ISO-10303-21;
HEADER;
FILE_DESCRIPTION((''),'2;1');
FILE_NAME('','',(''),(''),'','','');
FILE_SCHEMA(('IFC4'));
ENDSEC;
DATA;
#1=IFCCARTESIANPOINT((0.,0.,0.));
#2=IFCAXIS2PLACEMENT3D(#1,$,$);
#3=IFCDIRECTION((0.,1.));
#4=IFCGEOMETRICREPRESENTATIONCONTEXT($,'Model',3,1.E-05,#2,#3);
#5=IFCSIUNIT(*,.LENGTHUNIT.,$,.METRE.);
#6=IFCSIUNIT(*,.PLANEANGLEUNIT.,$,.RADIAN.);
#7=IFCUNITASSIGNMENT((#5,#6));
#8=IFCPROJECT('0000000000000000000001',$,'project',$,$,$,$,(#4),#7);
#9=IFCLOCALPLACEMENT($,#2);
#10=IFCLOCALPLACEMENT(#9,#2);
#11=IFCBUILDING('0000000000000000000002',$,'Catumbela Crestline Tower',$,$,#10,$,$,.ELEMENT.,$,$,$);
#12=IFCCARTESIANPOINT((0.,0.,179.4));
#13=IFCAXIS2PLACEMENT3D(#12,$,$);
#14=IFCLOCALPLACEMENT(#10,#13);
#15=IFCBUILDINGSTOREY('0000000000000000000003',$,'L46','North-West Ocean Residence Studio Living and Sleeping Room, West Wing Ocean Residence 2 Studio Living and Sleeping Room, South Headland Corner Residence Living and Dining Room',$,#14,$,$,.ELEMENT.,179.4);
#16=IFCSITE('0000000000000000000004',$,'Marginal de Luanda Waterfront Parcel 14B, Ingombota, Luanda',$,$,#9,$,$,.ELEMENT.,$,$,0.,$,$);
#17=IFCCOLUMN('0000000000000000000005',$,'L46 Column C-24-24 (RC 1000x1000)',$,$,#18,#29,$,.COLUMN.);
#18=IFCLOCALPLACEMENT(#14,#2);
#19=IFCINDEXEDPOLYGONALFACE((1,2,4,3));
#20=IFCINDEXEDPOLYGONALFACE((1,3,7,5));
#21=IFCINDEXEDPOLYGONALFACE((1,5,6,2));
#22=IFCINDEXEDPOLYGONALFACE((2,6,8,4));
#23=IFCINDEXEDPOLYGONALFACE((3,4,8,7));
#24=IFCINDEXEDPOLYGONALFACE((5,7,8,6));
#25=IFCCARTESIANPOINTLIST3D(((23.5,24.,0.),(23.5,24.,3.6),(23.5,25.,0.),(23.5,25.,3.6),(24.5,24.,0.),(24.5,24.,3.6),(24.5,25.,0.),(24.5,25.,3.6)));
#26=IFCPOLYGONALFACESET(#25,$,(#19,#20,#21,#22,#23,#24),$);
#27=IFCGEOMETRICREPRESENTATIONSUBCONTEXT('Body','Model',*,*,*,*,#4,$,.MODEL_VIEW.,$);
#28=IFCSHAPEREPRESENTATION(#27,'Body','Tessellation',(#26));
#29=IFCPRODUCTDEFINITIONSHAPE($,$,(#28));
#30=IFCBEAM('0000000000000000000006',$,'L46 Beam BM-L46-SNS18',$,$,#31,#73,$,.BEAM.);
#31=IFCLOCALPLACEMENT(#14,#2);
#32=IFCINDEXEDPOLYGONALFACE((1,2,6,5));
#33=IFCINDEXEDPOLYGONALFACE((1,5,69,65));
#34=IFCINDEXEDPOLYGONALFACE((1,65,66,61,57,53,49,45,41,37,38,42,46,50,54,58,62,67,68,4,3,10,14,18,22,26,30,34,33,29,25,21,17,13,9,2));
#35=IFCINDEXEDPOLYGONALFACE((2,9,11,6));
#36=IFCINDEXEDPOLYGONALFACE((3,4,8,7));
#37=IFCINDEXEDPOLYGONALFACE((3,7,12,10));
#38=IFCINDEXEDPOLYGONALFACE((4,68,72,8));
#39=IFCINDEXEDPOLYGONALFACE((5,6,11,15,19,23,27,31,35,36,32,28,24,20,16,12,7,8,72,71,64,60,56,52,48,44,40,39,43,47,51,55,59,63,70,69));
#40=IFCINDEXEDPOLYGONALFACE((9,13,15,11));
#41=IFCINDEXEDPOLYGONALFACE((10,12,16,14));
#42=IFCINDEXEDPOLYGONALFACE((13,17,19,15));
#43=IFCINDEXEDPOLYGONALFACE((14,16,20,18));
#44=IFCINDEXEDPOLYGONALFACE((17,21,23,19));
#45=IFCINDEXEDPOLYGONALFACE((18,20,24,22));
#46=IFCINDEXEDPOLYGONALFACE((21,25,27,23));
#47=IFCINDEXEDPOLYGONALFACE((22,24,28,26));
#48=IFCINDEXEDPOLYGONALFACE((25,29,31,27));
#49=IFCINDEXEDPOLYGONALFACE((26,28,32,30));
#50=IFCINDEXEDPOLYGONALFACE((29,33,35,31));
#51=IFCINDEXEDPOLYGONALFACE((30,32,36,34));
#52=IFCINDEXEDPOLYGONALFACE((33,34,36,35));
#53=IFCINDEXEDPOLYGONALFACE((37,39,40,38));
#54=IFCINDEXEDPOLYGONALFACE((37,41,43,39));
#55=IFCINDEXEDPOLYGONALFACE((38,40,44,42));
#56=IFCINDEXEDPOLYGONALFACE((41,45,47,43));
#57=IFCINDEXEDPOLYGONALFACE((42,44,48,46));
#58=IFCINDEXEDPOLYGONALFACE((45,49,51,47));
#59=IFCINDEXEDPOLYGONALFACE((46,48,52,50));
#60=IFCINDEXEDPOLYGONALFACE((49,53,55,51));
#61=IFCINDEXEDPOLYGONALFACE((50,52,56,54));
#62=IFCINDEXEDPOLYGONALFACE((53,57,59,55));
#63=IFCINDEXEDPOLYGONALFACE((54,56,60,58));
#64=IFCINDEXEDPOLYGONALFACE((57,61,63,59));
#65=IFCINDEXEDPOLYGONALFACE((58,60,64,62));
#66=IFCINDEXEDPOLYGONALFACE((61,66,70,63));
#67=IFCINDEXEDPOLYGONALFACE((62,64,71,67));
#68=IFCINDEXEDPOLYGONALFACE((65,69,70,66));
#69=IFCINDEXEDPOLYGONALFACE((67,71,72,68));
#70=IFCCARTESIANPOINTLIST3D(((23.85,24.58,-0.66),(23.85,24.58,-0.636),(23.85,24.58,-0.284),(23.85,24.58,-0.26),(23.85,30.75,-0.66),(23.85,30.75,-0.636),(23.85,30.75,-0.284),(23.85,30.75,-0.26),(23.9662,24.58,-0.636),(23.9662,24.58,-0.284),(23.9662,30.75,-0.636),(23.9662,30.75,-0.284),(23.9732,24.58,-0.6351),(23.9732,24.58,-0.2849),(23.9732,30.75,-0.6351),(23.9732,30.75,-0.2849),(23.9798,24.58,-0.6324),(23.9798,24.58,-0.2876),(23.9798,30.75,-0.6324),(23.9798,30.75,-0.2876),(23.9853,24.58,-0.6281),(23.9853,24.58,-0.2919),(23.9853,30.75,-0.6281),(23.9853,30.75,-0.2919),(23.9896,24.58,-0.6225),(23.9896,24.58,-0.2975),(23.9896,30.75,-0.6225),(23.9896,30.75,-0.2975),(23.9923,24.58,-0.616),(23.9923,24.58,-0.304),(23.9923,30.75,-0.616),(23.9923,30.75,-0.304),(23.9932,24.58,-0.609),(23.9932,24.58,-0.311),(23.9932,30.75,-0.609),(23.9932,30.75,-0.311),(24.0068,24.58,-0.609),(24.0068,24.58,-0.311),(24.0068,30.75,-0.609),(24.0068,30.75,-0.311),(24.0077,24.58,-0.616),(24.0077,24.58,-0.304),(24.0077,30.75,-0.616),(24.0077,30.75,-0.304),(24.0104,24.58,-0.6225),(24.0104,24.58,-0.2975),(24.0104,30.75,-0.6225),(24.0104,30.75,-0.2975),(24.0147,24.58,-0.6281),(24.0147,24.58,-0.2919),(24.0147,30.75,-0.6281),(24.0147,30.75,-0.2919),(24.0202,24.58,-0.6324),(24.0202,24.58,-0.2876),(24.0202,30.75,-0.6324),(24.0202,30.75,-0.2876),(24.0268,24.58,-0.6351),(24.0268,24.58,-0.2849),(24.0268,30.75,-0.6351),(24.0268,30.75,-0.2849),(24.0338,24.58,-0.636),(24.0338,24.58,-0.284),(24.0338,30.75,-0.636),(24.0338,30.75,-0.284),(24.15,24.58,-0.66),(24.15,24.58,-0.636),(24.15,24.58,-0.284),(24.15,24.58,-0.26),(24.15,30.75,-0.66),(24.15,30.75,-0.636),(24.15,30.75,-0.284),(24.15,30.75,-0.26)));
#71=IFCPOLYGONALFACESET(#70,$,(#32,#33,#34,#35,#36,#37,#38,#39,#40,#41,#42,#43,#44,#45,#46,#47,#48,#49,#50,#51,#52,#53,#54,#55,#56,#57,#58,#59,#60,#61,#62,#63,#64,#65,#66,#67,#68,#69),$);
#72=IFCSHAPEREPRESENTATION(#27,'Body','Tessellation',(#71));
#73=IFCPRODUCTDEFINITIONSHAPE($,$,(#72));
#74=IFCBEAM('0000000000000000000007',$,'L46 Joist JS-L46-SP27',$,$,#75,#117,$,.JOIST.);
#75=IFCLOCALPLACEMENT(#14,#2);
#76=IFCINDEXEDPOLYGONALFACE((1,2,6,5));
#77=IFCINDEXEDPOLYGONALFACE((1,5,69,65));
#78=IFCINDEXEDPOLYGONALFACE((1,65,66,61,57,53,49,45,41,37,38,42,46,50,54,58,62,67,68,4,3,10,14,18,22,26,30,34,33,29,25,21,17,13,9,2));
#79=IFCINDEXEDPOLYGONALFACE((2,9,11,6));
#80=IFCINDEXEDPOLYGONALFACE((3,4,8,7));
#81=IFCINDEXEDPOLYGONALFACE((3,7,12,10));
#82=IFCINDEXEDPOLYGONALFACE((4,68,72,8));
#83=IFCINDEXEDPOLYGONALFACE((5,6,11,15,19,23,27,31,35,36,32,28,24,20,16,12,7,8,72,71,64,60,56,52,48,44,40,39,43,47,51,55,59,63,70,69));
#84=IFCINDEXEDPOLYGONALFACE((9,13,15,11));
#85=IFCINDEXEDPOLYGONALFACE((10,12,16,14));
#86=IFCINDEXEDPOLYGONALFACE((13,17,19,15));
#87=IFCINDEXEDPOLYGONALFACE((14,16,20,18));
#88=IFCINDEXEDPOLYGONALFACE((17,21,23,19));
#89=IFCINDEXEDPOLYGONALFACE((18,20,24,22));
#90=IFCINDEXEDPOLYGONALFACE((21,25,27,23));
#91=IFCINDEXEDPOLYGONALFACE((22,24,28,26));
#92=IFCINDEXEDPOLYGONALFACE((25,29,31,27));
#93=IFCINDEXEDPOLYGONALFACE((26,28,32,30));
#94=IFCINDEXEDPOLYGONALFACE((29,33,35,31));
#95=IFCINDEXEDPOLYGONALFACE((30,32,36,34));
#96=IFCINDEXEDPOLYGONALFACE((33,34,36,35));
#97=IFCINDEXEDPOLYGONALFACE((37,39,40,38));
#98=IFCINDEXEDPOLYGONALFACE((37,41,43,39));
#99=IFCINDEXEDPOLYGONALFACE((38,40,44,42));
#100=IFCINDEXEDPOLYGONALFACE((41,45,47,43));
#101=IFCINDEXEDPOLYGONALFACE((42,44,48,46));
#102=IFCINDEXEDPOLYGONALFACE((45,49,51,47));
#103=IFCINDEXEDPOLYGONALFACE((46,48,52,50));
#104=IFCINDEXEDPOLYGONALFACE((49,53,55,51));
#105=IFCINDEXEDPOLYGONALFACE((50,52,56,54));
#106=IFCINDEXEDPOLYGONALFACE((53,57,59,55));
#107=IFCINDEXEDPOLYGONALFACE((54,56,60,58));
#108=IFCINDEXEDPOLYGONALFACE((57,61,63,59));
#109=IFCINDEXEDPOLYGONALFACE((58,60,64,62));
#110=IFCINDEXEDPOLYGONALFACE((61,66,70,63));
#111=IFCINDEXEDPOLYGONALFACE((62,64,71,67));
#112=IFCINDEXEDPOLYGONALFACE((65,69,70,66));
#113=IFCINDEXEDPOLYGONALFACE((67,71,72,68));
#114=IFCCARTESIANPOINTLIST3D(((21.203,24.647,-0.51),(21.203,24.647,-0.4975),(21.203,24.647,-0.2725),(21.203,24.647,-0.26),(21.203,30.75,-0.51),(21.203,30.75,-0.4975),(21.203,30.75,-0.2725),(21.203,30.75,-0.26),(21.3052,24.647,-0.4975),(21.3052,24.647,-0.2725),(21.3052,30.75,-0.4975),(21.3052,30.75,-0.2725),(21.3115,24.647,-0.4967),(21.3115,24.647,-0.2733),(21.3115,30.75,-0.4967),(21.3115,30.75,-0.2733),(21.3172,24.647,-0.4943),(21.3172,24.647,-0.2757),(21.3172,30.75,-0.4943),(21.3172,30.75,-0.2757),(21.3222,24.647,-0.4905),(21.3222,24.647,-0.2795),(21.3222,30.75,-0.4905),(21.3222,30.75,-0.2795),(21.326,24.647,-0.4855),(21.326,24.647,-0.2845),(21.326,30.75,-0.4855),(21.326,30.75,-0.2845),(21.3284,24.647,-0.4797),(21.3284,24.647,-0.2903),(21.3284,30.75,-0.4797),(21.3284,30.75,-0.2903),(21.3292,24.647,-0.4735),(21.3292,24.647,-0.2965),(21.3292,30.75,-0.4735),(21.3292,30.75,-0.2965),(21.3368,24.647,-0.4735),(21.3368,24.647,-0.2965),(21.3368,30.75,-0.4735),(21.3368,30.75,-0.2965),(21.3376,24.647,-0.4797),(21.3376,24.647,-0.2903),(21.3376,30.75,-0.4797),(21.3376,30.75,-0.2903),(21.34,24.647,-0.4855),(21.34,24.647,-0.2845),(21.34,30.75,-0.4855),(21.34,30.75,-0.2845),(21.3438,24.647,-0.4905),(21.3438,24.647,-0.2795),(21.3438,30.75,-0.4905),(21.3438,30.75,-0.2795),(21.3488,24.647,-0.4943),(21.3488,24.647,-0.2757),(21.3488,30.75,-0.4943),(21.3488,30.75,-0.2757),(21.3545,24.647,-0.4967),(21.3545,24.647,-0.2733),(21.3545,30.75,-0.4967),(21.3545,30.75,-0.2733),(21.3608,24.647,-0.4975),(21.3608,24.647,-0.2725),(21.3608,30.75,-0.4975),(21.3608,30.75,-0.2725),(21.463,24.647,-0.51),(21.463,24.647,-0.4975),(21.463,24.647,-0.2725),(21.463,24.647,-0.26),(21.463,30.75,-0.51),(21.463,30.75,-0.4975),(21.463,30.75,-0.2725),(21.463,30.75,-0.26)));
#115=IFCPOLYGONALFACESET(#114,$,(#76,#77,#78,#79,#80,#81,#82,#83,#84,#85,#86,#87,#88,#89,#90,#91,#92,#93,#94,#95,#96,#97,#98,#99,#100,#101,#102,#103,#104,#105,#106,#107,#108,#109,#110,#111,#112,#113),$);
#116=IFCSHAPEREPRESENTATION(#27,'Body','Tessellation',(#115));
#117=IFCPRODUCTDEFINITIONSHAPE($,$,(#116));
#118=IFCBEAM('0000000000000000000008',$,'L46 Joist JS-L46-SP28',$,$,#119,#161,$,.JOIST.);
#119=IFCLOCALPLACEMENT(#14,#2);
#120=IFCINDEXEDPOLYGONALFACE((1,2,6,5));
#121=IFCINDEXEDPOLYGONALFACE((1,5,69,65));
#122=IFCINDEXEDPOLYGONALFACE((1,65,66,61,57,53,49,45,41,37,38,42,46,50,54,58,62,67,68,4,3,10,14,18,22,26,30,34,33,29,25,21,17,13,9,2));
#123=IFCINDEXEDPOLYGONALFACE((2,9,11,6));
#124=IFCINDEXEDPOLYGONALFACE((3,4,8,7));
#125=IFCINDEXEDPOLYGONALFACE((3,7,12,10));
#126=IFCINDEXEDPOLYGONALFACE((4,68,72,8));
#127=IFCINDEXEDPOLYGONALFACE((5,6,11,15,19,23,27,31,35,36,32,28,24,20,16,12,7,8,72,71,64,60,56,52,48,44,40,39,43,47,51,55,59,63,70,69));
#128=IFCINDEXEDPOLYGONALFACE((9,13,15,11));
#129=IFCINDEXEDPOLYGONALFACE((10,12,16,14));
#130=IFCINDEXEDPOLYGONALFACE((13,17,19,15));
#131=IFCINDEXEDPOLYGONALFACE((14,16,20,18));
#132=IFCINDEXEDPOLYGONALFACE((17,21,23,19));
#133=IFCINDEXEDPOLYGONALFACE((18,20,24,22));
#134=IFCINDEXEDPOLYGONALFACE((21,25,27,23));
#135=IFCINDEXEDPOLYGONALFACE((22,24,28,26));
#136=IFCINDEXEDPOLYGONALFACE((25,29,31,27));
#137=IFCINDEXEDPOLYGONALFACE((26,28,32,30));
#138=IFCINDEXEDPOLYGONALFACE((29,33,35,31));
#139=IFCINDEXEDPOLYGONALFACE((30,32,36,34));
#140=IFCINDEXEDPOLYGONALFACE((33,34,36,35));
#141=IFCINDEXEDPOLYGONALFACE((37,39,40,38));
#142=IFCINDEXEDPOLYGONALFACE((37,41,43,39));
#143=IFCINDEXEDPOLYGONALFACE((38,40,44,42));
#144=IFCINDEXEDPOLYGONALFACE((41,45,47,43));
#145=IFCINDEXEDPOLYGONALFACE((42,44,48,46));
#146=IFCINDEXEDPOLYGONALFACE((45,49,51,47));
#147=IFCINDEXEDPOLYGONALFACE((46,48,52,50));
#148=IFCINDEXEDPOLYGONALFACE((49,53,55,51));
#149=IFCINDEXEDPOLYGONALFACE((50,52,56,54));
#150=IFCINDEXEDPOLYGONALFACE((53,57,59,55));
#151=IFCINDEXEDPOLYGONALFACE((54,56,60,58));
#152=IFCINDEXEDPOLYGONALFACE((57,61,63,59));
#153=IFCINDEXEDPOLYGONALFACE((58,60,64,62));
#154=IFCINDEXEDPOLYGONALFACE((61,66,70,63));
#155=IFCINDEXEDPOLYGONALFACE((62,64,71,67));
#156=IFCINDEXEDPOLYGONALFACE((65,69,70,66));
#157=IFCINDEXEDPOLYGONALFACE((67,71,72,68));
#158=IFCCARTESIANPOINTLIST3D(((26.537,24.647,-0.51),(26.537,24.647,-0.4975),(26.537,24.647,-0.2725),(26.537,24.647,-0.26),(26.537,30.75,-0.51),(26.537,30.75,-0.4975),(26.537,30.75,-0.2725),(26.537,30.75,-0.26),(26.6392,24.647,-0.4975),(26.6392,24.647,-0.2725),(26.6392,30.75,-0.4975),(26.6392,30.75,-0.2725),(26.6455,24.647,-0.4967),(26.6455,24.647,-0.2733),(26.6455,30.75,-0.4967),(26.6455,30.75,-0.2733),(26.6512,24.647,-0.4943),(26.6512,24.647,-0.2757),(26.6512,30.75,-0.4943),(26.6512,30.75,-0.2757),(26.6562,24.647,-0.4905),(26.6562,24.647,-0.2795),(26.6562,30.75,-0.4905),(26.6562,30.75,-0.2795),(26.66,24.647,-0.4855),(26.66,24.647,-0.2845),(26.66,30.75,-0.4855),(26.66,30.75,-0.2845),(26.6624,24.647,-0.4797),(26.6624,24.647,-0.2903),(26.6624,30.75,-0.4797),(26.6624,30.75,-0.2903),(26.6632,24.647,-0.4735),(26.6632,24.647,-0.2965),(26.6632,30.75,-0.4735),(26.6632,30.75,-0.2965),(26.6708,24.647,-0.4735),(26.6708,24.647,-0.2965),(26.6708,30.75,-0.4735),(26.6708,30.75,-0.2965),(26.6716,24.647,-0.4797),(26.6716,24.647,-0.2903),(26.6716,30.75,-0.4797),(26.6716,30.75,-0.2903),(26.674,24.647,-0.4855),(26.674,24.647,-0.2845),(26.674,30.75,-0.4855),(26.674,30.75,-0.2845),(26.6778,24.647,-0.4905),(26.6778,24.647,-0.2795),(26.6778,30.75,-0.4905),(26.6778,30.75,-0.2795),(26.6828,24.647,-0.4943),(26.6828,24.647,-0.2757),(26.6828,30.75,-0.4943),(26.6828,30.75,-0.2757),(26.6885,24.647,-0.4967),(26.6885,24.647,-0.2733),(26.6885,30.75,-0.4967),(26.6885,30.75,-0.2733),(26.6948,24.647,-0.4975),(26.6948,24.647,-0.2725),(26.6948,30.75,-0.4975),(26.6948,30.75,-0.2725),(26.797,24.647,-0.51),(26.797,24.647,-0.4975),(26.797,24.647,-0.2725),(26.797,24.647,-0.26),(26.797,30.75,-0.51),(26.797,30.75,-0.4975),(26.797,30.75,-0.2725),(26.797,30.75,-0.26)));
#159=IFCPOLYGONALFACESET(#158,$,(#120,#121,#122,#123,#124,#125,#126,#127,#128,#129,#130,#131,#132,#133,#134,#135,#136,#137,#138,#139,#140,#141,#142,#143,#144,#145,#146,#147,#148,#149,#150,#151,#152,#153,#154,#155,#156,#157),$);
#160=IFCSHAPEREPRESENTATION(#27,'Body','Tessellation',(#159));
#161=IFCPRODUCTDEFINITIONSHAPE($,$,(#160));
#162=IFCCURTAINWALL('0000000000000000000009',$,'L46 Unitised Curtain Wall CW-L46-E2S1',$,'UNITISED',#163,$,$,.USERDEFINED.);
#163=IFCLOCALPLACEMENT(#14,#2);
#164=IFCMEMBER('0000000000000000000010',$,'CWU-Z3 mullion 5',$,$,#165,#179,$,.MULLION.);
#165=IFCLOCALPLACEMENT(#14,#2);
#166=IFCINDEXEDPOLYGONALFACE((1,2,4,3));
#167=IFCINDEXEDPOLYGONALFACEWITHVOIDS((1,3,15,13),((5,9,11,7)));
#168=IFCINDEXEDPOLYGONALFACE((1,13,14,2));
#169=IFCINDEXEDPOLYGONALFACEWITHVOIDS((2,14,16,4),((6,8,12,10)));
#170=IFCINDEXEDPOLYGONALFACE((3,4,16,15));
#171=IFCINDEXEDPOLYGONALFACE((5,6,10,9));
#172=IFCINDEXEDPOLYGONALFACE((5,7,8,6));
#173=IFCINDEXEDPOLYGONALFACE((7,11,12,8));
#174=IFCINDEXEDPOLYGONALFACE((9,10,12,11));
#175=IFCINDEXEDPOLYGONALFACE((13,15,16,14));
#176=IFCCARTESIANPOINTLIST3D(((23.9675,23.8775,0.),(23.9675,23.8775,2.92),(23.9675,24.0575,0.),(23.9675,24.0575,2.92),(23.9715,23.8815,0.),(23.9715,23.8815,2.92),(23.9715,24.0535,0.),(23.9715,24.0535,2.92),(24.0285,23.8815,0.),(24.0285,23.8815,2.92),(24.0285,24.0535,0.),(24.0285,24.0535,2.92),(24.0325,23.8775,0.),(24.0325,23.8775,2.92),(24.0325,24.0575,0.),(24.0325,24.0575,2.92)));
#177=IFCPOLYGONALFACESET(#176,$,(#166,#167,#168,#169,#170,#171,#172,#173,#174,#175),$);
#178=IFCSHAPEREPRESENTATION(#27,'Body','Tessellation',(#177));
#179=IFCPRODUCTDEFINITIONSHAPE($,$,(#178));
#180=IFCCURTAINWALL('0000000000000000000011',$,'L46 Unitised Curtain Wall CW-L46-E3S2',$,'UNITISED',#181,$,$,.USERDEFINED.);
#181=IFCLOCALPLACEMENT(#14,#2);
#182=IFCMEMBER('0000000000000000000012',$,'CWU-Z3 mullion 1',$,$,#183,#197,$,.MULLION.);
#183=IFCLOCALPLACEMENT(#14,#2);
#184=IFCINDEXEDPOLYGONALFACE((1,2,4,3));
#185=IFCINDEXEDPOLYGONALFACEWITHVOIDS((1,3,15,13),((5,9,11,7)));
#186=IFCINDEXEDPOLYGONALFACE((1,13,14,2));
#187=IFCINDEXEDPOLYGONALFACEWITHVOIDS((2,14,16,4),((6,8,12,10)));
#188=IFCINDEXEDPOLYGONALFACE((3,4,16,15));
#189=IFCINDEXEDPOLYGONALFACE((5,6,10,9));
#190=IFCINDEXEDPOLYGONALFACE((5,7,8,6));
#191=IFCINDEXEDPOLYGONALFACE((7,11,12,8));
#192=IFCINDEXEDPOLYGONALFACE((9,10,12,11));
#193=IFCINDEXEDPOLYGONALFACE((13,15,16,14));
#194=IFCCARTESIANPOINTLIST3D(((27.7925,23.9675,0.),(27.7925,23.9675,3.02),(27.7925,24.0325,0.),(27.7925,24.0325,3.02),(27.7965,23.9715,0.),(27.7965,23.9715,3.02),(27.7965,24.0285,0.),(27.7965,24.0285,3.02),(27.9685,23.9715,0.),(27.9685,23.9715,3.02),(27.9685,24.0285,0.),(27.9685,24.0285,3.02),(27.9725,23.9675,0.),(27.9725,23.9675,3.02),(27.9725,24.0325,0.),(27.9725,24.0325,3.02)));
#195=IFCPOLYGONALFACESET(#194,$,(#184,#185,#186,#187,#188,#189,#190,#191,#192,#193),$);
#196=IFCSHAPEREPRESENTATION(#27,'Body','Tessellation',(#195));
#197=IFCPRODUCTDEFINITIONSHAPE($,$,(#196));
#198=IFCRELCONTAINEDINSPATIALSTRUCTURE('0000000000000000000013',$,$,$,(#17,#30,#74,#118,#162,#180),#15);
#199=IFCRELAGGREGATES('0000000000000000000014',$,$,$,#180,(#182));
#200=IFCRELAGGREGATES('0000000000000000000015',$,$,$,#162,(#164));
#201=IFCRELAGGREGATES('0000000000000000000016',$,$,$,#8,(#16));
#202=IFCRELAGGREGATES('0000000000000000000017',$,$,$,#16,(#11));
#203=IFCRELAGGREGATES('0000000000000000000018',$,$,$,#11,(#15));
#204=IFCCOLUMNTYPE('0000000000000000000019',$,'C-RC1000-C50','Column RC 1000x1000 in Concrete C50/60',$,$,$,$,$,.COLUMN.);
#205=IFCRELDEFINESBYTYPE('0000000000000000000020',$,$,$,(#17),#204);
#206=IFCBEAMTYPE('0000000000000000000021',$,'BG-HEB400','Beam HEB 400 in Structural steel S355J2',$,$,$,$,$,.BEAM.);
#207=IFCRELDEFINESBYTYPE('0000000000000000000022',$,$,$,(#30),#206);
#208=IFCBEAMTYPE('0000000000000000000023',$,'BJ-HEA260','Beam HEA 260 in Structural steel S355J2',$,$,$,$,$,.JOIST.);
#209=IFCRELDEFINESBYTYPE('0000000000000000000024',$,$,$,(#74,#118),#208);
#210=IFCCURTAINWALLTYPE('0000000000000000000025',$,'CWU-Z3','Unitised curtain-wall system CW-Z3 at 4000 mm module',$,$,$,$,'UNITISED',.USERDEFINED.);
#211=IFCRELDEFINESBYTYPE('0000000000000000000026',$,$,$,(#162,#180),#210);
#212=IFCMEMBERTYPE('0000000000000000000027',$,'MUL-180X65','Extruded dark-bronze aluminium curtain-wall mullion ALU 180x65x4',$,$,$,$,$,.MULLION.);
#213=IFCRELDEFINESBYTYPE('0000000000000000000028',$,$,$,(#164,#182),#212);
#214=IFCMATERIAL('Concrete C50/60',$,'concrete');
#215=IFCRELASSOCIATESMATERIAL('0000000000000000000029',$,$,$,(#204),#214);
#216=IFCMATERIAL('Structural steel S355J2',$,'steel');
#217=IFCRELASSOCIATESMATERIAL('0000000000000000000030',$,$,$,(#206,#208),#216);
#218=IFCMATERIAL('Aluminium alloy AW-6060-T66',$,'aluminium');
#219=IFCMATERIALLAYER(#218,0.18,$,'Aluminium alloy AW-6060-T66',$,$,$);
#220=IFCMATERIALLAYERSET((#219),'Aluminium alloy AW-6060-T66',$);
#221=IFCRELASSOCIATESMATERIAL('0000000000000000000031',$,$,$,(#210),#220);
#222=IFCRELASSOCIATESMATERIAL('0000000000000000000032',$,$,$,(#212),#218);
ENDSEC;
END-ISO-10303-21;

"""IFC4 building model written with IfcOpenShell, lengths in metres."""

from ifc_helpers import new_model, si_unit, direction, frame, origin, origin_2d, place, context, subcontext, project, spatial, rectangle, hollow_rectangle, i_section, extrude, material, layer, layer_set, material_profile, profile_set, type_object, element, aggregate, save


model = new_model("IFC4")

# Units and contexts
model_context = context("Model", 3, precision=1e-05, world=origin(), true_north=direction((0.0, 1.0)))
body_context = subcontext(model_context, "Body", "Model", "MODEL_VIEW")
ifc_project = project(units=[si_unit("LENGTHUNIT", "METRE"), si_unit("PLANEANGLEUNIT", "RADIAN")], contexts=[model_context])

# Site, building, storey
site_placement = place(None, origin())
site = spatial("IfcSite", under=ifc_project, at=site_placement, Name="Marginal de Luanda Waterfront Parcel 14B, Ingombota, Luanda", CompositionType="ELEMENT", RefElevation=0.0)
building_placement = place(site_placement, origin())
building = spatial("IfcBuilding", under=site, at=building_placement, Name="Catumbela Crestline Tower", CompositionType="ELEMENT")
storey_placement = place(building_placement, frame((0.0, 0.0, 179.4)))
storey = spatial("IfcBuildingStorey", under=building, at=storey_placement, Name="L46", Description="North-West Ocean Residence Studio Living and Sleeping Room, West Wing Ocean Residence 2 Studio Living and Sleeping Room, South Headland Corner Residence Living and Dining Room", CompositionType="ELEMENT", Elevation=179.4)

# Column
ifc_material_1 = material(Name="Concrete C50/60", Category="concrete")
ifc_material_profile_1 = material_profile(ifc_material_1, rectangle(XDim=1.0, YDim=1.0, at=origin_2d()), Name="RC 1000x1000")
ifc_profile_set_1 = profile_set([ifc_material_profile_1], Name="Concrete C50/60")
column_type = type_object("IfcColumnType", Name="C-RC1000-C50", Description="Column RC 1000x1000 in Concrete C50/60", PredefinedType="COLUMN", material=ifc_profile_set_1)
column_placement = place(storey_placement, frame((24.0, 24.5, 0.0), z_axis=(0.0, 0.0, 1.0), x_axis=(1.0, 0.0, 0.0)))
element("IfcColumn", 1, at=column_placement, inside=storey, type_object=column_type, Name="L46 Column C-24-24 (RC 1000x1000)", PredefinedType="COLUMN", context=body_context, shape_type="SweptSolid", body=[
    extrude(rectangle(XDim=1.0, YDim=1.0, at=origin_2d()), origin(), (0.0, 0.0, 1.0), 3.6),
])

# Beams
ifc_material_2 = material(Name="Structural steel S355J2", Category="steel")
ifc_material_profile_2 = material_profile(ifc_material_2, i_section(OverallWidth=0.3, OverallDepth=0.4, WebThickness=0.0135, FlangeThickness=0.024, FilletRadius=0.027, at=origin_2d()), Name="HEB 400")
ifc_profile_set_2 = profile_set([ifc_material_profile_2], Name="Structural steel S355J2")
beam_type_1 = type_object("IfcBeamType", Name="BG-HEB400", Description="Beam HEB 400 in Structural steel S355J2", PredefinedType="BEAM", material=ifc_profile_set_2)
beam_1_placement = place(storey_placement, frame((24.0, 24.58, -0.46), z_axis=(0.0, 1.0, 0.0), x_axis=(-1.0, 0.0, 0.0)))
element("IfcBeam", 2, at=beam_1_placement, inside=storey, type_object=beam_type_1, Name="L46 Beam BM-L46-SNS18", PredefinedType="BEAM", context=body_context, shape_type="SweptSolid", body=[
    extrude(i_section(OverallWidth=0.3, OverallDepth=0.4, WebThickness=0.0135, FlangeThickness=0.024, FilletRadius=0.027, at=origin_2d()), origin(), (0.0, 0.0, 1.0), 6.17),
])
ifc_material_profile_3 = material_profile(ifc_material_2, i_section(OverallWidth=0.26, OverallDepth=0.25, WebThickness=0.0075, FlangeThickness=0.0125, FilletRadius=0.024, at=origin_2d()), Name="HEA 260")
ifc_profile_set_3 = profile_set([ifc_material_profile_3], Name="Structural steel S355J2")
beam_type_2 = type_object("IfcBeamType", Name="BJ-HEA260", Description="Beam HEA 260 in Structural steel S355J2", PredefinedType="JOIST", material=ifc_profile_set_3)
for number, where, z_axis, x_axis, name in (
    (3, (21.333, 24.647, -0.385), (0.0, 1.0, 0.0), (-1.0, 0.0, 0.0), "L46 Joist JS-L46-SP27"),
    (4, (26.667, 24.647, -0.385), (0.0, 1.0, 0.0), (-1.0, 0.0, 0.0), "L46 Joist JS-L46-SP28"),
):
    element("IfcBeam", number, at=place(storey_placement, frame(where, z_axis=z_axis, x_axis=x_axis)), inside=storey, type_object=beam_type_2, Name=name, PredefinedType="JOIST", context=body_context, shape_type="SweptSolid", body=[
        extrude(i_section(OverallWidth=0.26, OverallDepth=0.25, WebThickness=0.0075, FlangeThickness=0.0125, FilletRadius=0.024, at=origin_2d()), origin(), (0.0, 0.0, 1.0), 6.103),
    ])

# Curtain walls, members
ifc_material_3 = material(Name="Aluminium alloy AW-6060-T66", Category="aluminium")
ifc_layer_1 = layer(ifc_material_3, 0.18, Name="Aluminium alloy AW-6060-T66")
ifc_layer_set_1 = layer_set([ifc_layer_1], Name="Aluminium alloy AW-6060-T66")
curtain_wall_type = type_object("IfcCurtainWallType", Name="CWU-Z3", Description="Unitised curtain-wall system CW-Z3 at 4000 mm module", ElementType="UNITISED", PredefinedType="USERDEFINED", material=ifc_layer_set_1)
curtain_wall_1_placement = place(storey_placement, origin())
curtain_wall_1 = element("IfcCurtainWall", 5, at=curtain_wall_1_placement, inside=storey, type_object=curtain_wall_type, Name="L46 Unitised Curtain Wall CW-L46-E2S1", ObjectType="UNITISED", PredefinedType="USERDEFINED")
ifc_material_profile_4 = material_profile(ifc_material_3, hollow_rectangle(XDim=0.065, YDim=0.18, WallThickness=0.004, at=origin_2d()), Name="ALU 180x65x4")
ifc_profile_set_4 = profile_set([ifc_material_profile_4], Name="Aluminium alloy AW-6060-T66")
member_type_1 = type_object("IfcMemberType", Name="MUL-180X65", Description="Extruded dark-bronze aluminium curtain-wall mullion ALU 180x65x4", PredefinedType="MULLION", material=ifc_profile_set_4)
member_1_placement = place(storey_placement, frame((24.0, 23.9675, 0.0), z_axis=(0.0, 0.0, 1.0), x_axis=(-1.0, 0.0, 0.0)))
member_1 = element("IfcMember", 6, at=member_1_placement, type_object=member_type_1, Name="CWU-Z3 mullion 5", PredefinedType="MULLION", context=body_context, shape_type="SweptSolid", body=[
    extrude(hollow_rectangle(XDim=0.065, YDim=0.18, WallThickness=0.004, at=origin_2d()), origin(), (0.0, 0.0, 1.0), 2.92),
])
curtain_wall_2_placement = place(storey_placement, origin())
curtain_wall_2 = element("IfcCurtainWall", 7, at=curtain_wall_2_placement, inside=storey, type_object=curtain_wall_type, Name="L46 Unitised Curtain Wall CW-L46-E3S2", ObjectType="UNITISED", PredefinedType="USERDEFINED")
member_2_placement = place(storey_placement, frame((27.8825, 24.0, 0.0), z_axis=(0.0, 0.0, 1.0), x_axis=(0.0, 1.0, 0.0)))
member_2 = element("IfcMember", 8, at=member_2_placement, type_object=member_type_1, Name="CWU-Z3 mullion 1", PredefinedType="MULLION", context=body_context, shape_type="SweptSolid", body=[
    extrude(hollow_rectangle(XDim=0.065, YDim=0.18, WallThickness=0.004, at=origin_2d()), origin(), (0.0, 0.0, 1.0), 3.02),
])

aggregate(curtain_wall_2, [member_2])

aggregate(curtain_wall_1, [member_1])

save(model, "model.ifc")
